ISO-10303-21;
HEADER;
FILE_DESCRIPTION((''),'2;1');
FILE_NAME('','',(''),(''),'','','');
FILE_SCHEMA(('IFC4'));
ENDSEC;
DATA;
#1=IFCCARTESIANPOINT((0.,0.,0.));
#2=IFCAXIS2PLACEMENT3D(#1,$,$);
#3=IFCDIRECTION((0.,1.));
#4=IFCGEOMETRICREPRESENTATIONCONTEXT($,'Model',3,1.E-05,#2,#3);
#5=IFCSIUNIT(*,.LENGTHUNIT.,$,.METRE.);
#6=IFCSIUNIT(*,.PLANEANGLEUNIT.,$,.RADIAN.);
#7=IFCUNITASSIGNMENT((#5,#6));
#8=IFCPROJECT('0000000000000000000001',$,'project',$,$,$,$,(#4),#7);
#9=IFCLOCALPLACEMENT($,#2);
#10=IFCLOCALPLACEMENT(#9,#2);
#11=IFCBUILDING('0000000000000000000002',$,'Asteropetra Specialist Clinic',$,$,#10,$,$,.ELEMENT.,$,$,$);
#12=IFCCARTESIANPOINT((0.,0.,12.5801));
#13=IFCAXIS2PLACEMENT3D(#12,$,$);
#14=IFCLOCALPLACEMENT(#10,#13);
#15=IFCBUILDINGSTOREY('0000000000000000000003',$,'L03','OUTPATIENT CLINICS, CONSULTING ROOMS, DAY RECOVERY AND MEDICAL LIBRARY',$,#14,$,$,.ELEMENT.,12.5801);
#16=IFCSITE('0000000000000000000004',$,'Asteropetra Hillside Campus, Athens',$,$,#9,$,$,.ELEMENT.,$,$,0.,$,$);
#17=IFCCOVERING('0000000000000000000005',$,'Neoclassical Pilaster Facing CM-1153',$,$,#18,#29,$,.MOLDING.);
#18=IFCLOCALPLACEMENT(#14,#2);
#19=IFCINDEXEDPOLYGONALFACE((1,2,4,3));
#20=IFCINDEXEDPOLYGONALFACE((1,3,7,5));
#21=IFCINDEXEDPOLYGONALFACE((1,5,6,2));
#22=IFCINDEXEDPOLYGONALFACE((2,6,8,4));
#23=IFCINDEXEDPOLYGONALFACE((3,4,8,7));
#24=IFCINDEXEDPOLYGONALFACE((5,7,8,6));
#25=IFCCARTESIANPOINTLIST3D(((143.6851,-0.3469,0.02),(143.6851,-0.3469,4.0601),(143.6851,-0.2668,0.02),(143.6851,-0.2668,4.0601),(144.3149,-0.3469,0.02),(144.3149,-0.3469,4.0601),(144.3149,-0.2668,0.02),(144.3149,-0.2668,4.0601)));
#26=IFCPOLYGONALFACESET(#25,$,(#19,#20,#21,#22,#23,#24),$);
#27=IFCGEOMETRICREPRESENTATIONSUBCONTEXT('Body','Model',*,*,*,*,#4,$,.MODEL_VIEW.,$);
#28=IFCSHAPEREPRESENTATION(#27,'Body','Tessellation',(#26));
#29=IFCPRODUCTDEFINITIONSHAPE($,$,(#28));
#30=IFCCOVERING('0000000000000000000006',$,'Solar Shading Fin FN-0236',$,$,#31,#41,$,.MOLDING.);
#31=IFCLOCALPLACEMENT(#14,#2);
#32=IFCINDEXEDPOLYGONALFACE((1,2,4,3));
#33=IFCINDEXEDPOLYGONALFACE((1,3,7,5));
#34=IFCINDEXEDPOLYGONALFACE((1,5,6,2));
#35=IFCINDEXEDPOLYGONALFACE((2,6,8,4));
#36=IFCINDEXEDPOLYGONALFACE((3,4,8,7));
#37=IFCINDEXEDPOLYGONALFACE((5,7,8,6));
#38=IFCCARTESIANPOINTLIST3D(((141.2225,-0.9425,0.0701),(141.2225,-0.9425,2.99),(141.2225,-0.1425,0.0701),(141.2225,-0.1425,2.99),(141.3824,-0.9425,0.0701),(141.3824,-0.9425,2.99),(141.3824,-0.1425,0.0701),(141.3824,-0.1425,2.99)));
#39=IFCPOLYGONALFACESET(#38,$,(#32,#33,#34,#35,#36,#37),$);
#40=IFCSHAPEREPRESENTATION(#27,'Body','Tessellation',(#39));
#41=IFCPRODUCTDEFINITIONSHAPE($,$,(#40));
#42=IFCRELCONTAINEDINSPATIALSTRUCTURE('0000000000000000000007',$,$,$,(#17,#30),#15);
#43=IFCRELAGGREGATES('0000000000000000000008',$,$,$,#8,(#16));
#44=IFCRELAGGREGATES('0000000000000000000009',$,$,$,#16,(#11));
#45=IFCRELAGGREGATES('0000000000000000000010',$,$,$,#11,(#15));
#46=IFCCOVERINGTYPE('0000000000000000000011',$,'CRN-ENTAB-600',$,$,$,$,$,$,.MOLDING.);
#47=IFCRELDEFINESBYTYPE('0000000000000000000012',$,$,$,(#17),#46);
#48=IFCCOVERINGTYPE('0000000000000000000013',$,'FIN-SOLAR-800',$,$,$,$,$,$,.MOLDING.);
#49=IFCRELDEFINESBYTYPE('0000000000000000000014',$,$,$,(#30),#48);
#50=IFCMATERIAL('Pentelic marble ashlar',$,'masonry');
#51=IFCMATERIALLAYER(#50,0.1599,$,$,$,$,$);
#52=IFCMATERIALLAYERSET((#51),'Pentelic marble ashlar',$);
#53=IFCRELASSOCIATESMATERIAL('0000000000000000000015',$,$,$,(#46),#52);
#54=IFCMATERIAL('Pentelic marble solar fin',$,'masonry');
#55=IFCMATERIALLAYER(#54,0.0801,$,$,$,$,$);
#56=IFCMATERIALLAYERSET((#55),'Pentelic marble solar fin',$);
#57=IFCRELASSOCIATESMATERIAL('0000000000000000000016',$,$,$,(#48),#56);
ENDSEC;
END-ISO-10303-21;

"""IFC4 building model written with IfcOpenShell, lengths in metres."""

from ifc_helpers import new_model, si_unit, direction, frame, origin, origin_2d, place, context, subcontext, project, spatial, rectangle, extrude, material, layer, layer_set, type_object, element, save


model = new_model("IFC4")

# Units and contexts
model_context = context("Model", 3, precision=1e-05, world=origin(), true_north=direction((0.0, 1.0)))
body_context = subcontext(model_context, "Body", "Model", "MODEL_VIEW")
ifc_project = project(units=[si_unit("LENGTHUNIT", "METRE"), si_unit("PLANEANGLEUNIT", "RADIAN")], contexts=[model_context])

# Site, building, storey
site_placement = place(None, origin())
site = spatial("IfcSite", under=ifc_project, at=site_placement, Name="Asteropetra Hillside Campus, Athens", CompositionType="ELEMENT", RefElevation=0.0)
building_placement = place(site_placement, origin())
building = spatial("IfcBuilding", under=site, at=building_placement, Name="Asteropetra Specialist Clinic", CompositionType="ELEMENT")
storey_placement = place(building_placement, frame((0.0, 0.0, 12.5801)))
storey = spatial("IfcBuildingStorey", under=building, at=storey_placement, Name="L03", Description="OUTPATIENT CLINICS, CONSULTING ROOMS, DAY RECOVERY AND MEDICAL LIBRARY", CompositionType="ELEMENT", Elevation=12.5801)

# Coverings
ifc_material_1 = material(Name="Pentelic marble ashlar", Category="masonry")
ifc_layer_1 = layer(ifc_material_1, 0.1599)
ifc_layer_set_1 = layer_set([ifc_layer_1], Name="Pentelic marble ashlar")
covering_type_1 = type_object("IfcCoveringType", Name="CRN-ENTAB-600", PredefinedType="MOLDING", material=ifc_layer_set_1)
covering_1_placement = place(storey_placement, frame((144.0, -0.3069, 0.02), z_axis=(0.0, 0.0, 1.0), x_axis=(1.0, 0.0, 0.0)))
element("IfcCovering", 1, at=covering_1_placement, inside=storey, type_object=covering_type_1, Name="Neoclassical Pilaster Facing CM-1153", PredefinedType="MOLDING", context=body_context, shape_type="SweptSolid", body=[
    extrude(rectangle(XDim=0.6299, YDim=0.0801, at=origin_2d()), origin(), (0.0, 0.0, 1.0), 4.04),
])
ifc_material_2 = material(Name="Pentelic marble solar fin", Category="masonry")
ifc_layer_2 = layer(ifc_material_2, 0.0801)
ifc_layer_set_2 = layer_set([ifc_layer_2], Name="Pentelic marble solar fin")
covering_type_2 = type_object("IfcCoveringType", Name="FIN-SOLAR-800", PredefinedType="MOLDING", material=ifc_layer_set_2)
covering_2_placement = place(storey_placement, frame((141.3025, -0.5425, 0.0701), z_axis=(0.0, 0.0, 1.0), x_axis=(1.0, 0.0, 0.0)))
element("IfcCovering", 2, at=covering_2_placement, inside=storey, type_object=covering_type_2, Name="Solar Shading Fin FN-0236", PredefinedType="MOLDING", context=body_context, shape_type="SweptSolid", body=[
    extrude(rectangle(XDim=0.1599, YDim=0.8, at=origin_2d()), origin(), (0.0, 0.0, 1.0), 2.9199),
])

save(model, "model.ifc")
